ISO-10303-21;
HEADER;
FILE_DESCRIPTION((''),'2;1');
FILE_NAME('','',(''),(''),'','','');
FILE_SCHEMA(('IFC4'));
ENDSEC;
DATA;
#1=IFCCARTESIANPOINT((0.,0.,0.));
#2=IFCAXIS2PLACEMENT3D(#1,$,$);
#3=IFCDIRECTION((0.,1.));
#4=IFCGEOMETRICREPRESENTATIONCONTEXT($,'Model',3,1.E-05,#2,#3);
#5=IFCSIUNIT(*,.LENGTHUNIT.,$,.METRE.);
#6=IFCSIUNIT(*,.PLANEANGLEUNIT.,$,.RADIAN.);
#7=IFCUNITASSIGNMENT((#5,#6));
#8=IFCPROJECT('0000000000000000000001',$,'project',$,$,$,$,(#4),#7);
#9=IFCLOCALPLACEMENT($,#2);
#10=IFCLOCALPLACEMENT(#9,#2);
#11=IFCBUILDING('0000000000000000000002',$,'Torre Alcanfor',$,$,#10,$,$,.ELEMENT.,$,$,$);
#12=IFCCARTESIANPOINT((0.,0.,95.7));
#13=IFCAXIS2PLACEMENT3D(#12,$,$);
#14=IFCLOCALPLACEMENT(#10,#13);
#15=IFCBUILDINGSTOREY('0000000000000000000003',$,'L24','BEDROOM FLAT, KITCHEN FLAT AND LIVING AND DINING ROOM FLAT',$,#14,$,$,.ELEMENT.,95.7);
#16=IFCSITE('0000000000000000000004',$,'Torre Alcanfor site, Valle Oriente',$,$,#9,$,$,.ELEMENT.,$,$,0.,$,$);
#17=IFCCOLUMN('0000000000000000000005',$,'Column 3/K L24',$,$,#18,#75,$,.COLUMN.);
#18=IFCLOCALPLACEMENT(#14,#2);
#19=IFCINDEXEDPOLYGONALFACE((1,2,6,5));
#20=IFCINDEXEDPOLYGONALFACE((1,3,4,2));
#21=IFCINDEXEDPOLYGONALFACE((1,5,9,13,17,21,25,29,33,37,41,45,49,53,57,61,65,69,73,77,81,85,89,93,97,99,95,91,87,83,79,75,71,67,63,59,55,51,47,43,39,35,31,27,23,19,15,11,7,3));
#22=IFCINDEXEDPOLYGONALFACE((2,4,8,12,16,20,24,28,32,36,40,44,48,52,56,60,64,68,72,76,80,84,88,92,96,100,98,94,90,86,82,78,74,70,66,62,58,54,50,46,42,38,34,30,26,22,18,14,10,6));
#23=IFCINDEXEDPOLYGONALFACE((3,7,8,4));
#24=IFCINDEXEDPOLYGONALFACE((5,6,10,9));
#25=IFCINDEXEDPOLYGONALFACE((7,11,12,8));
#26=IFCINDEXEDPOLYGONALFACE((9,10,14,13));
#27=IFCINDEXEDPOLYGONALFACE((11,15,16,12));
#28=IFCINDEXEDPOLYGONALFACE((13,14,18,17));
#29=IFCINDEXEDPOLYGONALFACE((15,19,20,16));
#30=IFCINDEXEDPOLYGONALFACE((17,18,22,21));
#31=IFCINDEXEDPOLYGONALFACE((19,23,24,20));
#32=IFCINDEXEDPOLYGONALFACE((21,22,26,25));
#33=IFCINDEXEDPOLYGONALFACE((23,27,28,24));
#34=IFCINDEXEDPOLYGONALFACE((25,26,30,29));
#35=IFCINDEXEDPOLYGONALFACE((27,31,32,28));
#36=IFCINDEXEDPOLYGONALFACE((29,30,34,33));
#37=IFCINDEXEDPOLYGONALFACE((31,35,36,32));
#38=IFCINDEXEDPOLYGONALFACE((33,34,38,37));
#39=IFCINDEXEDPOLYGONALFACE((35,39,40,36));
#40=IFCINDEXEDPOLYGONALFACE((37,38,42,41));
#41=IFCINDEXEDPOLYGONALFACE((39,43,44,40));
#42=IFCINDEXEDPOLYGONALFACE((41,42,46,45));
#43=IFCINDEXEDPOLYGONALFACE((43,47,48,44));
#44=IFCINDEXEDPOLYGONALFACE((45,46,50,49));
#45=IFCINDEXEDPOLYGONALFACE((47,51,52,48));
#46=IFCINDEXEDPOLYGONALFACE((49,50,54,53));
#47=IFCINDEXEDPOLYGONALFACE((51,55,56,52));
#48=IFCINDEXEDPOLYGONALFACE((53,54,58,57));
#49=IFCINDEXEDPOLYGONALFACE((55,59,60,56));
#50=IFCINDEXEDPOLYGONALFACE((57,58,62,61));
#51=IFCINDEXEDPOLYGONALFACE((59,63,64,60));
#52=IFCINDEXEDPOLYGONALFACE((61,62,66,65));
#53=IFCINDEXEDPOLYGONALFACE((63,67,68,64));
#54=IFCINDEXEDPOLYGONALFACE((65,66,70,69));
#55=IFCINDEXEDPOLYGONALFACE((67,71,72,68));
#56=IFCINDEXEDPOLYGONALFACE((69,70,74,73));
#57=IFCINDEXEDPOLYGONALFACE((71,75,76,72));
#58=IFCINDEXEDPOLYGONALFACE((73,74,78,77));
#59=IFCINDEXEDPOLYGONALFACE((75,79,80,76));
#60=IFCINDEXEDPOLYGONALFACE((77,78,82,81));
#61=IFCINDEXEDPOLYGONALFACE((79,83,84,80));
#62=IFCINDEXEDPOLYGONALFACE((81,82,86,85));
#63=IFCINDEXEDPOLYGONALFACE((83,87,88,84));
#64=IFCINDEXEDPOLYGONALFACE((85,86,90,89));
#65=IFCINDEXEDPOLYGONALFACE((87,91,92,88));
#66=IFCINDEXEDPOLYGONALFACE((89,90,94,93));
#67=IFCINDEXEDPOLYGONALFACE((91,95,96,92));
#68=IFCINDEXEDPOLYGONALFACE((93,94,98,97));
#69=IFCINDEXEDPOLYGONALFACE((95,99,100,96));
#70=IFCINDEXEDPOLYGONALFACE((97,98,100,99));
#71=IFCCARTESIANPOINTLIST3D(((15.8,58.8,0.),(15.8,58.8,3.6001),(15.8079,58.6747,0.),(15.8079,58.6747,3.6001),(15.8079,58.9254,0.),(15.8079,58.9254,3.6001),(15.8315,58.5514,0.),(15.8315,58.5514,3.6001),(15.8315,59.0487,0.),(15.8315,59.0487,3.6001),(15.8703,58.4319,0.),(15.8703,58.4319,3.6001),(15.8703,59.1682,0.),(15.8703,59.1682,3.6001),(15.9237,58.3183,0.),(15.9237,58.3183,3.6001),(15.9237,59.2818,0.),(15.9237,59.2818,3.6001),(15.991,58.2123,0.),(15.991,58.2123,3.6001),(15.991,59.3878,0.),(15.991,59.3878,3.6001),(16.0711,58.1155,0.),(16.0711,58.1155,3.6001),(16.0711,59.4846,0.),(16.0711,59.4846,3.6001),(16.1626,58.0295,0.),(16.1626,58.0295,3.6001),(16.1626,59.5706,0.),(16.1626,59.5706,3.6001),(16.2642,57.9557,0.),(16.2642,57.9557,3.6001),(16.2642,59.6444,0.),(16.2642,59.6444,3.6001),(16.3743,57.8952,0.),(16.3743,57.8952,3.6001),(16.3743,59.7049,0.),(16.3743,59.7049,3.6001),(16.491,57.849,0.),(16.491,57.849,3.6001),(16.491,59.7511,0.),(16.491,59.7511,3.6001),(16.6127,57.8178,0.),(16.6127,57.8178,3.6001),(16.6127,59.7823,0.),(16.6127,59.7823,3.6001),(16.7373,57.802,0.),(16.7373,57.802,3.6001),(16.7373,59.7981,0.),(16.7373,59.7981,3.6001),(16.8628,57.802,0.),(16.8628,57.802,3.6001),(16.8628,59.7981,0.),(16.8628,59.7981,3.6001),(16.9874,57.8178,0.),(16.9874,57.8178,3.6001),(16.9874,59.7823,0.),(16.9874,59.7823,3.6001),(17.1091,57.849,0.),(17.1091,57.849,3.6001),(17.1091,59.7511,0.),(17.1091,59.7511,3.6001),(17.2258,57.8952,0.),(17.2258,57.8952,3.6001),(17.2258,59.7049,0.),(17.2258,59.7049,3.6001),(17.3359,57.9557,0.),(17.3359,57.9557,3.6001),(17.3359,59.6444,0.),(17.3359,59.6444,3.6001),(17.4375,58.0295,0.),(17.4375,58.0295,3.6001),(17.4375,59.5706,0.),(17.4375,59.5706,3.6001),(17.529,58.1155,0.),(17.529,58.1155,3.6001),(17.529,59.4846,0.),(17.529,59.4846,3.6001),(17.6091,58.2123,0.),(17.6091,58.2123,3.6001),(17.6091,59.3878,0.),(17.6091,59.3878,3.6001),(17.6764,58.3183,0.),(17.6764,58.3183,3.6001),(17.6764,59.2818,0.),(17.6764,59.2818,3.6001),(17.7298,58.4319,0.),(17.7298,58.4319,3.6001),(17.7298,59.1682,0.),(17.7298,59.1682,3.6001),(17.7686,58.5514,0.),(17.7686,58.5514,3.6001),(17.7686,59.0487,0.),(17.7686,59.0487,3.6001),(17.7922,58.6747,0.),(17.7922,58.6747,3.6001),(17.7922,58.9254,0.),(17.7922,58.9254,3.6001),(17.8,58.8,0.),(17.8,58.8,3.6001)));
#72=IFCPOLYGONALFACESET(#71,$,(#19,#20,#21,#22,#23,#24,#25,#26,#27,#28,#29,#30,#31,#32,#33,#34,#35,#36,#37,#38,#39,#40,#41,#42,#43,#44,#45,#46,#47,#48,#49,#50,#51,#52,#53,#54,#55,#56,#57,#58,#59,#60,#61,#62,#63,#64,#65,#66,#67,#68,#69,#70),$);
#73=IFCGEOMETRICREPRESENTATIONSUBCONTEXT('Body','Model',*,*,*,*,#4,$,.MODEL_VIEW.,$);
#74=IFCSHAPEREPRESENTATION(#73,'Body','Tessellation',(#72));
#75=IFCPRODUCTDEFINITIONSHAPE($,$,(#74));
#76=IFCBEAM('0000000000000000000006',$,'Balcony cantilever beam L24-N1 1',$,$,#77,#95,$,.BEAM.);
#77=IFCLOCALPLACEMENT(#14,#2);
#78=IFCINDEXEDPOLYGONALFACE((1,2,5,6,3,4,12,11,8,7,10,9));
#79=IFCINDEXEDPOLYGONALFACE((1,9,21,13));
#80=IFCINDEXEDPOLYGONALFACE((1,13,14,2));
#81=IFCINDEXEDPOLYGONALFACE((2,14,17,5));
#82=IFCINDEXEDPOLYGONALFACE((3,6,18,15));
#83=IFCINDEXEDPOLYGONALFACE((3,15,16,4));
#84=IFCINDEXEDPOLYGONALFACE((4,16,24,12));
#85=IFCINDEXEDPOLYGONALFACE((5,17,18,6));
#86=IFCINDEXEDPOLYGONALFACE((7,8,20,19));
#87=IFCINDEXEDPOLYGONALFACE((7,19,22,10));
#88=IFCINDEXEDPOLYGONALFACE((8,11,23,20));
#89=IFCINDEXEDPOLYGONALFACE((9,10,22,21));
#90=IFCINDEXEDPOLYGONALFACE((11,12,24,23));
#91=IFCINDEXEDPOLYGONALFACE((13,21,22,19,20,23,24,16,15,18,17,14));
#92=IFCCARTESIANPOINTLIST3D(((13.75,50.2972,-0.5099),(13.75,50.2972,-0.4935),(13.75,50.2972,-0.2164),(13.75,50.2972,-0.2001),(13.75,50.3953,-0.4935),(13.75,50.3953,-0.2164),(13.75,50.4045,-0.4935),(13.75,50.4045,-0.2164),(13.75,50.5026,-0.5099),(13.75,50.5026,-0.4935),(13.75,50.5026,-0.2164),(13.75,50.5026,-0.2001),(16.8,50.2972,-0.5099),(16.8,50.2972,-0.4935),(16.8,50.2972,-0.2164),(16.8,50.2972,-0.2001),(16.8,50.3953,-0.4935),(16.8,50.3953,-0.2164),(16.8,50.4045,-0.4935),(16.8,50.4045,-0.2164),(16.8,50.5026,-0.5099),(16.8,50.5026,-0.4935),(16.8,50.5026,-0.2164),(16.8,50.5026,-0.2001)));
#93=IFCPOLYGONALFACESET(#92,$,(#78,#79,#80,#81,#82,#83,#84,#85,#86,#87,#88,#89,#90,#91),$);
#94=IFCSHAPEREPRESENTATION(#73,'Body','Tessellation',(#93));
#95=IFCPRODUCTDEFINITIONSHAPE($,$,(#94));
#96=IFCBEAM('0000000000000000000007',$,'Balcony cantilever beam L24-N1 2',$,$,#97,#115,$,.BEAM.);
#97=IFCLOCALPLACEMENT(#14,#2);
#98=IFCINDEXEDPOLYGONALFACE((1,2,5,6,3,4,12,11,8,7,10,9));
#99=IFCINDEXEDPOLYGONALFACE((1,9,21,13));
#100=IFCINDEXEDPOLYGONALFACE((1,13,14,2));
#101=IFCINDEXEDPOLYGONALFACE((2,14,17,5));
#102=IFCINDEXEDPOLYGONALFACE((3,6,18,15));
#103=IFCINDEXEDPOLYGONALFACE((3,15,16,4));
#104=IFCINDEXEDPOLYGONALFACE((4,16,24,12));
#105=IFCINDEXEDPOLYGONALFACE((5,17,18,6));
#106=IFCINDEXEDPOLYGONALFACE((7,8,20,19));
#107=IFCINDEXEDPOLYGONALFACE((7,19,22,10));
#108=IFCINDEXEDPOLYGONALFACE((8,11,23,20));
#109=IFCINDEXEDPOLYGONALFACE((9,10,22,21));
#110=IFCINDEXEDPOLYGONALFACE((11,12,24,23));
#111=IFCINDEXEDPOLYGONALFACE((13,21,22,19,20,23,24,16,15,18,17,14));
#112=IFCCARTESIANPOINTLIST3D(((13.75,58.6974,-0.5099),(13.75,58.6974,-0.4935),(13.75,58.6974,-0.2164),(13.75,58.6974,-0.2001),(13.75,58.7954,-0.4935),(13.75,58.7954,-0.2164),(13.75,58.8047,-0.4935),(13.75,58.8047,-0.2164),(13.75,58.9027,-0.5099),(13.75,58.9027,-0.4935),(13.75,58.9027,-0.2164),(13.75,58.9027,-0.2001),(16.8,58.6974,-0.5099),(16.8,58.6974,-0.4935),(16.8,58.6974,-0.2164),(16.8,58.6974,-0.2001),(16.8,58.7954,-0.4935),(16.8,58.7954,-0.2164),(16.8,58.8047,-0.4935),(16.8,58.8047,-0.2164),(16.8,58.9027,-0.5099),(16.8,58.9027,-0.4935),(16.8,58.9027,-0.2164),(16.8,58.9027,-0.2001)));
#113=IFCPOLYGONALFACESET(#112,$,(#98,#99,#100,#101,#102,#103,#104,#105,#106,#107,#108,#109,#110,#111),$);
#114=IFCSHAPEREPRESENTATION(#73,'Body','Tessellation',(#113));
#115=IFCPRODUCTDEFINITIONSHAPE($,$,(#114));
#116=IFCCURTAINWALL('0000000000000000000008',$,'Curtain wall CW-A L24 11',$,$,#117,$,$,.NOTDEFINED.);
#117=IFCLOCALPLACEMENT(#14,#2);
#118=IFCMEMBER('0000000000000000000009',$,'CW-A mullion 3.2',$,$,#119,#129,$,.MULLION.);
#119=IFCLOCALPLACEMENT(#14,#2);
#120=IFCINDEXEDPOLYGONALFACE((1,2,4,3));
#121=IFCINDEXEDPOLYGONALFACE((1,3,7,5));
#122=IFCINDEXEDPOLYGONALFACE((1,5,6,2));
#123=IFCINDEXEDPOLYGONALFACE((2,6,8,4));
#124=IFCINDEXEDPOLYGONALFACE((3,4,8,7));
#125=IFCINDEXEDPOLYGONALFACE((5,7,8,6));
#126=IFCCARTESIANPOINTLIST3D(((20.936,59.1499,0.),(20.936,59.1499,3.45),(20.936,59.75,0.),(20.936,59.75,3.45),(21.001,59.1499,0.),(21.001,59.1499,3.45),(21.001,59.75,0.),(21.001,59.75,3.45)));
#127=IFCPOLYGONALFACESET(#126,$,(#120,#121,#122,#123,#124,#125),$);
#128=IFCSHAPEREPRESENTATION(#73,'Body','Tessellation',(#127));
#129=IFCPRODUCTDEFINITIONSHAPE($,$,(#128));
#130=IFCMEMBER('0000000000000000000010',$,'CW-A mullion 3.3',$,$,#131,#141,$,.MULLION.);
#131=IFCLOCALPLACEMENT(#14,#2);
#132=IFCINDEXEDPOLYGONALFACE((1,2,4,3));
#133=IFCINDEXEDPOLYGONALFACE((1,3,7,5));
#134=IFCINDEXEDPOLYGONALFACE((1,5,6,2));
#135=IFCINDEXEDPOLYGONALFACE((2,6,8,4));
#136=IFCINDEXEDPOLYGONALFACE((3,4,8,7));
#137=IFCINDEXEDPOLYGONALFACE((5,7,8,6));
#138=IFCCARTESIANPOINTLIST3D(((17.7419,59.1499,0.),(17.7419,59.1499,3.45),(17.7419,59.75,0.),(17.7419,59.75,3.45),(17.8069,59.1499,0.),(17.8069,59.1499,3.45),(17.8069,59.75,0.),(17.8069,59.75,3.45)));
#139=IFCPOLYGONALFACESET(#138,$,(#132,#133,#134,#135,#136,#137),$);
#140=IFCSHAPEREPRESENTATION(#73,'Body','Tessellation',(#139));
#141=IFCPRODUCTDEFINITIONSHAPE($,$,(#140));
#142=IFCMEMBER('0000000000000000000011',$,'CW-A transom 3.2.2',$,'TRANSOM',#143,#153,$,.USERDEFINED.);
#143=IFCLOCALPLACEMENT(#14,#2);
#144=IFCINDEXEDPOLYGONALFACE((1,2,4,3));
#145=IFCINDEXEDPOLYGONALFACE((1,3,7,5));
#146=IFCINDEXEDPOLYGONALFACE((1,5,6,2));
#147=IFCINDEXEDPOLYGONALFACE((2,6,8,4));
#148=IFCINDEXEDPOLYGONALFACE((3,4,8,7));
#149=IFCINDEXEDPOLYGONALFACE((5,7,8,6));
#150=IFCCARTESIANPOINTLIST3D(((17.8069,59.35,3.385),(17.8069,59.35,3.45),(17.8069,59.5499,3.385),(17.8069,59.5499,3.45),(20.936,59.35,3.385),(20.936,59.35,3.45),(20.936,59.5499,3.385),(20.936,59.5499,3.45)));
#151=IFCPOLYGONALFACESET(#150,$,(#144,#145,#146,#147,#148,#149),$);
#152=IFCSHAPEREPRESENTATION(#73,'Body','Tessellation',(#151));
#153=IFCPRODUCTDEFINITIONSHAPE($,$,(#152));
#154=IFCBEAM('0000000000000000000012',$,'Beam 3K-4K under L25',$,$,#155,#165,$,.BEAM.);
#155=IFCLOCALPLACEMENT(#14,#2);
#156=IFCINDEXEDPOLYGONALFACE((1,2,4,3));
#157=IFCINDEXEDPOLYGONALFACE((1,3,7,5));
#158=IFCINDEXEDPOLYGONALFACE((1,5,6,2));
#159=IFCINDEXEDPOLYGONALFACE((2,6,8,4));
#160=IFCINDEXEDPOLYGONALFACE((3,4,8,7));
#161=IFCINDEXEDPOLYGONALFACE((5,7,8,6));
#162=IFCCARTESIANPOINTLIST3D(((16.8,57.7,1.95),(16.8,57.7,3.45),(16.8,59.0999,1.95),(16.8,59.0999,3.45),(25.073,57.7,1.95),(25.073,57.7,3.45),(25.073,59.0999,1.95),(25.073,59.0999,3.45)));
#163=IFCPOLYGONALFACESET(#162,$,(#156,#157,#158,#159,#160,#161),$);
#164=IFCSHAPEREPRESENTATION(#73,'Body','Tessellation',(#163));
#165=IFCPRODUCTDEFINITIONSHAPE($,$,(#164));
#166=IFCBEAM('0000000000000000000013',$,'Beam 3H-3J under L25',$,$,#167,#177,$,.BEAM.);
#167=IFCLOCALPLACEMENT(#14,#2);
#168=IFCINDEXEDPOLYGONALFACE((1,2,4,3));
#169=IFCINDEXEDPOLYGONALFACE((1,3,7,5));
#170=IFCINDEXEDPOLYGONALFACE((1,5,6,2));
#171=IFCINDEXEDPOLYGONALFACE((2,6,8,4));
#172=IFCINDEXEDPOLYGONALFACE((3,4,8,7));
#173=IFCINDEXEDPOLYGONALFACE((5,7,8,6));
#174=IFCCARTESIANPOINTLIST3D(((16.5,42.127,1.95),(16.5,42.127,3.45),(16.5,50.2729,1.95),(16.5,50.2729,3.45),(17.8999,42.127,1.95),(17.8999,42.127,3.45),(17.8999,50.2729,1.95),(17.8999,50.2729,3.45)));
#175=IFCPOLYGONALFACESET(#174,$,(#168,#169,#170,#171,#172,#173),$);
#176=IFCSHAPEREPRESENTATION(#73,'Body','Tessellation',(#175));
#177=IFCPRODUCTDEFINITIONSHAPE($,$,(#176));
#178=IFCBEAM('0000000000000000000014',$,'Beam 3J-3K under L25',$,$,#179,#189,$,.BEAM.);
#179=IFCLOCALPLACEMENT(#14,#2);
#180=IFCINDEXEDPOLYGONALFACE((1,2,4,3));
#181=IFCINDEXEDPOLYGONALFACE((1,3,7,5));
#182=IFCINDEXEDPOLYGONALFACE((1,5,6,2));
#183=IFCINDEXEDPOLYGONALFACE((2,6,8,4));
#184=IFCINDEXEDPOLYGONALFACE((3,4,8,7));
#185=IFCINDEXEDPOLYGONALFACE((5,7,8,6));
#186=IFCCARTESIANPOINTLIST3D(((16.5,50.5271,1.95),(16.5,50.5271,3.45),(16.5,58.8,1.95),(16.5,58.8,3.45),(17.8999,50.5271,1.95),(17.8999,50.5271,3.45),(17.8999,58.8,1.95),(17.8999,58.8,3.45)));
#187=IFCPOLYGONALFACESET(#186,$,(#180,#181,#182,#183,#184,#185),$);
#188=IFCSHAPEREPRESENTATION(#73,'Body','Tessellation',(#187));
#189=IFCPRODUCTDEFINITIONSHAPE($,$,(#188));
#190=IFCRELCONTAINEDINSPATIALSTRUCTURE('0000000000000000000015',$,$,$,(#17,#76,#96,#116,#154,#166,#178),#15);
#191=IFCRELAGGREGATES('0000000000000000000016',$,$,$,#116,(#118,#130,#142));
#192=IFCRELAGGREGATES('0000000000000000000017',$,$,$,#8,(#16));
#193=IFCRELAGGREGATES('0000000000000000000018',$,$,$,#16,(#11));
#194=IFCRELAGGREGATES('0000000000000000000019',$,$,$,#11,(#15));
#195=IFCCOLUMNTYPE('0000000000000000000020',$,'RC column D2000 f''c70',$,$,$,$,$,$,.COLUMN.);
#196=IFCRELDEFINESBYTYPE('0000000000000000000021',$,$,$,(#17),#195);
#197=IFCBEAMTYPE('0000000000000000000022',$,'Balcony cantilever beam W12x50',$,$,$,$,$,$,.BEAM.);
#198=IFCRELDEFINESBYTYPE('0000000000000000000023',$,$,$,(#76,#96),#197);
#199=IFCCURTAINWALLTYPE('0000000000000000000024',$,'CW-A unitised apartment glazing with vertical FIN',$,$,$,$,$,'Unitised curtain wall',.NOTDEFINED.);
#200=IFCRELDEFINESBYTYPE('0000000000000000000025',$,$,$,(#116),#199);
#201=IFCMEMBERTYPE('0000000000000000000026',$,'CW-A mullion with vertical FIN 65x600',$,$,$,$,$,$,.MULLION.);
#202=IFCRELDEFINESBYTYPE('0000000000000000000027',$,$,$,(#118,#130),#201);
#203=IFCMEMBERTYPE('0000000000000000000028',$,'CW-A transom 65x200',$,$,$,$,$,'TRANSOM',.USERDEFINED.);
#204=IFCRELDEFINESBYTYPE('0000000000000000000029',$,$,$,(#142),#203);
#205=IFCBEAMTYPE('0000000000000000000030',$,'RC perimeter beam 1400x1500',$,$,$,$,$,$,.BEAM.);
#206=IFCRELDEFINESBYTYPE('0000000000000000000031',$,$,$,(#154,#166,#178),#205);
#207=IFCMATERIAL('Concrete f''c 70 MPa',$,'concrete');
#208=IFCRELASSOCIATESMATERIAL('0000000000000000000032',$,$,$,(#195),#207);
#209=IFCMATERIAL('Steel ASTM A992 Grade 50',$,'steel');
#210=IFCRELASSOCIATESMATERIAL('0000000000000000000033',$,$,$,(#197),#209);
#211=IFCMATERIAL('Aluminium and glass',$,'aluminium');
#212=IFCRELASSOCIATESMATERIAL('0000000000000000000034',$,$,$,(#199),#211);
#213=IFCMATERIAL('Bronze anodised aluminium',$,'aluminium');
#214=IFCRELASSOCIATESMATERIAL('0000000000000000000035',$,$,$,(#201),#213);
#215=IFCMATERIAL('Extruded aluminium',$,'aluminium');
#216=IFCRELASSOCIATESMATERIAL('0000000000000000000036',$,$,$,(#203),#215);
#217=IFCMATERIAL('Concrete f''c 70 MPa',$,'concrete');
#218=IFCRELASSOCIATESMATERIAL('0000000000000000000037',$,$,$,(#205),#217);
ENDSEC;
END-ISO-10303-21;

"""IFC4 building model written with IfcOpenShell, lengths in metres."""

from ifc_helpers import new_model, si_unit, direction, frame, origin, origin_2d, place, context, subcontext, project, spatial, rectangle, circle, i_section, extrude, material, material_profile, profile_set, type_object, element, aggregate, save


model = new_model("IFC4")

# Units and contexts
model_context = context("Model", 3, precision=1e-05, world=origin(), true_north=direction((0.0, 1.0)))
body_context = subcontext(model_context, "Body", "Model", "MODEL_VIEW")
ifc_project = project(units=[si_unit("LENGTHUNIT", "METRE"), si_unit("PLANEANGLEUNIT", "RADIAN")], contexts=[model_context])

# Site, building, storey
site_placement = place(None, origin())
site = spatial("IfcSite", under=ifc_project, at=site_placement, Name="Torre Alcanfor site, Valle Oriente", CompositionType="ELEMENT", RefElevation=0.0)
building_placement = place(site_placement, origin())
building = spatial("IfcBuilding", under=site, at=building_placement, Name="Torre Alcanfor", CompositionType="ELEMENT")
storey_placement = place(building_placement, frame((0.0, 0.0, 95.7)))
storey = spatial("IfcBuildingStorey", under=building, at=storey_placement, Name="L24", Description="BEDROOM FLAT, KITCHEN FLAT AND LIVING AND DINING ROOM FLAT", CompositionType="ELEMENT", Elevation=95.7)

# Column
ifc_material_1 = material(Name="Concrete f'c 70 MPa", Category="concrete")
ifc_material_profile_1 = material_profile(ifc_material_1, circle(Radius=1.0, at=origin_2d()), Name="D2000")
ifc_profile_set_1 = profile_set([ifc_material_profile_1], Name="Concrete f'c 70 MPa")
column_type = type_object("IfcColumnType", Name="RC column D2000 f'c70", PredefinedType="COLUMN", material=ifc_profile_set_1)
column_placement = place(storey_placement, frame((16.8, 58.8, 0.0), z_axis=(0.0, 0.0, 1.0), x_axis=(1.0, 0.0, 0.0)))
element("IfcColumn", 1, at=column_placement, inside=storey, type_object=column_type, Name="Column 3/K L24", PredefinedType="COLUMN", context=body_context, shape_type="SweptSolid", body=[
    extrude(circle(Radius=1.0, at=origin_2d()), origin(), (0.0, 0.0, 1.0), 3.6001),
])

# Beams
ifc_material_2 = material(Name="Steel ASTM A992 Grade 50", Category="steel")
ifc_material_profile_2 = material_profile(ifc_material_2, i_section(OverallWidth=0.2053, OverallDepth=0.3098, WebThickness=0.0093, FlangeThickness=0.0164, at=origin_2d()), Name="W12x50")
ifc_profile_set_2 = profile_set([ifc_material_profile_2], Name="Steel ASTM A992 Grade 50")
beam_type_1 = type_object("IfcBeamType", Name="Balcony cantilever beam W12x50", PredefinedType="BEAM", material=ifc_profile_set_2)
for number, where, z_axis, x_axis, name in (
    (2, (16.8, 50.3999, -0.355), (-1.0, 0.0, 0.0), (0.0, -1.0, 0.0), "Balcony cantilever beam L24-N1 1"),
    (3, (16.8, 58.8, -0.355), (-1.0, 0.0, 0.0), (0.0, -1.0, 0.0), "Balcony cantilever beam L24-N1 2"),
):
    element("IfcBeam", number, at=place(storey_placement, frame(where, z_axis=z_axis, x_axis=x_axis)), inside=storey, type_object=beam_type_1, Name=name, PredefinedType="BEAM", context=body_context, shape_type="SweptSolid", body=[
        extrude(i_section(OverallWidth=0.2053, OverallDepth=0.3098, WebThickness=0.0093, FlangeThickness=0.0164, at=origin_2d()), origin(), (0.0, 0.0, 1.0), 3.05),
    ])

# Curtain wall, members
ifc_material_3 = material(Name="Aluminium and glass", Category="aluminium")
curtain_wall_type = type_object("IfcCurtainWallType", Name="CW-A unitised apartment glazing with vertical FIN", ElementType="Unitised curtain wall", PredefinedType="NOTDEFINED", material=ifc_material_3)
curtain_wall_placement = place(storey_placement, origin())
curtain_wall = element("IfcCurtainWall", 4, at=curtain_wall_placement, inside=storey, type_object=curtain_wall_type, Name="Curtain wall CW-A L24 11", PredefinedType="NOTDEFINED")
ifc_material_4 = material(Name="Bronze anodised aluminium", Category="aluminium")
ifc_material_profile_3 = material_profile(ifc_material_4, rectangle(XDim=0.6001, YDim=0.0649, at=origin_2d()), Name="CW-A mullion 65x600")
ifc_profile_set_3 = profile_set([ifc_material_profile_3], Name="Bronze anodised aluminium")
member_type_1 = type_object("IfcMemberType", Name="CW-A mullion with vertical FIN 65x600", PredefinedType="MULLION", material=ifc_profile_set_3)
member_1_placement = place(storey_placement, frame((20.9685, 59.45, 0.0), z_axis=(0.0, 0.0, 1.0), x_axis=(0.0, -1.0, 0.0)))
member_1 = element("IfcMember", 5, at=member_1_placement, type_object=member_type_1, Name="CW-A mullion 3.2", PredefinedType="MULLION", context=body_context, shape_type="SweptSolid", body=[
    extrude(rectangle(XDim=0.6001, YDim=0.0649, at=origin_2d()), origin(), (0.0, 0.0, 1.0), 3.45),
])
member_2_placement = place(storey_placement, frame((17.7744, 59.45, 0.0), z_axis=(0.0, 0.0, 1.0), x_axis=(0.0, -1.0, 0.0)))
member_2 = element("IfcMember", 6, at=member_2_placement, type_object=member_type_1, Name="CW-A mullion 3.3", PredefinedType="MULLION", context=body_context, shape_type="SweptSolid", body=[
    extrude(rectangle(XDim=0.6001, YDim=0.0649, at=origin_2d()), origin(), (0.0, 0.0, 1.0), 3.45),
])
ifc_material_5 = material(Name="Extruded aluminium", Category="aluminium")
ifc_material_profile_4 = material_profile(ifc_material_5, rectangle(XDim=0.2, YDim=0.0649, at=origin_2d()), Name="CW-A transom 200x65")
ifc_profile_set_4 = profile_set([ifc_material_profile_4], Name="Extruded aluminium")
member_type_2 = type_object("IfcMemberType", Name="CW-A transom 65x200", ElementType="TRANSOM", PredefinedType="USERDEFINED", material=ifc_profile_set_4)
member_3_placement = place(storey_placement, frame((20.936, 59.45, 3.4175), z_axis=(-1.0, 0.0, 0.0), x_axis=(0.0, -1.0, 0.0)))
member_3 = element("IfcMember", 7, at=member_3_placement, type_object=member_type_2, Name="CW-A transom 3.2.2", ObjectType="TRANSOM", PredefinedType="USERDEFINED", context=body_context, shape_type="SweptSolid", body=[
    extrude(rectangle(XDim=0.2, YDim=0.0649, at=origin_2d()), origin(), (0.0, 0.0, 1.0), 3.1292),
])

# Beams
ifc_material_6 = material(Name="Concrete f'c 70 MPa", Category="concrete")
ifc_material_profile_5 = material_profile(ifc_material_6, rectangle(XDim=1.3999, YDim=1.5, at=origin_2d()), Name="1400x1500")
ifc_profile_set_5 = profile_set([ifc_material_profile_5], Name="Concrete f'c 70 MPa")
beam_type_2 = type_object("IfcBeamType", Name="RC perimeter beam 1400x1500", PredefinedType="BEAM", material=ifc_profile_set_5)
beam_1_placement = place(storey_placement, frame((16.8, 58.3999, 2.7), z_axis=(1.0, 0.0, 0.0), x_axis=(0.0, 1.0, 0.0)))
element("IfcBeam", 8, at=beam_1_placement, inside=storey, type_object=beam_type_2, Name="Beam 3K-4K under L25", PredefinedType="BEAM", context=body_context, shape_type="SweptSolid", body=[
    extrude(rectangle(XDim=1.3999, YDim=1.5, at=origin_2d()), origin(), (0.0, 0.0, 1.0), 8.2729),
])
beam_2_placement = place(storey_placement, frame((17.2, 42.127, 2.7), z_axis=(0.0, 1.0, 0.0), x_axis=(-1.0, 0.0, 0.0)))
element("IfcBeam", 9, at=beam_2_placement, inside=storey, type_object=beam_type_2, Name="Beam 3H-3J under L25", PredefinedType="BEAM", context=body_context, shape_type="SweptSolid", body=[
    extrude(rectangle(XDim=1.3999, YDim=1.5, at=origin_2d()), origin(), (0.0, 0.0, 1.0), 8.146),
])
beam_3_placement = place(storey_placement, frame((17.2, 50.5271, 2.7), z_axis=(0.0, 1.0, 0.0), x_axis=(-1.0, 0.0, 0.0)))
element("IfcBeam", 10, at=beam_3_placement, inside=storey, type_object=beam_type_2, Name="Beam 3J-3K under L25", PredefinedType="BEAM", context=body_context, shape_type="SweptSolid", body=[
    extrude(rectangle(XDim=1.3999, YDim=1.5, at=origin_2d()), origin(), (0.0, 0.0, 1.0), 8.2729),
])

aggregate(curtain_wall, [member_1, member_2, member_3])

save(model, "model.ifc")
